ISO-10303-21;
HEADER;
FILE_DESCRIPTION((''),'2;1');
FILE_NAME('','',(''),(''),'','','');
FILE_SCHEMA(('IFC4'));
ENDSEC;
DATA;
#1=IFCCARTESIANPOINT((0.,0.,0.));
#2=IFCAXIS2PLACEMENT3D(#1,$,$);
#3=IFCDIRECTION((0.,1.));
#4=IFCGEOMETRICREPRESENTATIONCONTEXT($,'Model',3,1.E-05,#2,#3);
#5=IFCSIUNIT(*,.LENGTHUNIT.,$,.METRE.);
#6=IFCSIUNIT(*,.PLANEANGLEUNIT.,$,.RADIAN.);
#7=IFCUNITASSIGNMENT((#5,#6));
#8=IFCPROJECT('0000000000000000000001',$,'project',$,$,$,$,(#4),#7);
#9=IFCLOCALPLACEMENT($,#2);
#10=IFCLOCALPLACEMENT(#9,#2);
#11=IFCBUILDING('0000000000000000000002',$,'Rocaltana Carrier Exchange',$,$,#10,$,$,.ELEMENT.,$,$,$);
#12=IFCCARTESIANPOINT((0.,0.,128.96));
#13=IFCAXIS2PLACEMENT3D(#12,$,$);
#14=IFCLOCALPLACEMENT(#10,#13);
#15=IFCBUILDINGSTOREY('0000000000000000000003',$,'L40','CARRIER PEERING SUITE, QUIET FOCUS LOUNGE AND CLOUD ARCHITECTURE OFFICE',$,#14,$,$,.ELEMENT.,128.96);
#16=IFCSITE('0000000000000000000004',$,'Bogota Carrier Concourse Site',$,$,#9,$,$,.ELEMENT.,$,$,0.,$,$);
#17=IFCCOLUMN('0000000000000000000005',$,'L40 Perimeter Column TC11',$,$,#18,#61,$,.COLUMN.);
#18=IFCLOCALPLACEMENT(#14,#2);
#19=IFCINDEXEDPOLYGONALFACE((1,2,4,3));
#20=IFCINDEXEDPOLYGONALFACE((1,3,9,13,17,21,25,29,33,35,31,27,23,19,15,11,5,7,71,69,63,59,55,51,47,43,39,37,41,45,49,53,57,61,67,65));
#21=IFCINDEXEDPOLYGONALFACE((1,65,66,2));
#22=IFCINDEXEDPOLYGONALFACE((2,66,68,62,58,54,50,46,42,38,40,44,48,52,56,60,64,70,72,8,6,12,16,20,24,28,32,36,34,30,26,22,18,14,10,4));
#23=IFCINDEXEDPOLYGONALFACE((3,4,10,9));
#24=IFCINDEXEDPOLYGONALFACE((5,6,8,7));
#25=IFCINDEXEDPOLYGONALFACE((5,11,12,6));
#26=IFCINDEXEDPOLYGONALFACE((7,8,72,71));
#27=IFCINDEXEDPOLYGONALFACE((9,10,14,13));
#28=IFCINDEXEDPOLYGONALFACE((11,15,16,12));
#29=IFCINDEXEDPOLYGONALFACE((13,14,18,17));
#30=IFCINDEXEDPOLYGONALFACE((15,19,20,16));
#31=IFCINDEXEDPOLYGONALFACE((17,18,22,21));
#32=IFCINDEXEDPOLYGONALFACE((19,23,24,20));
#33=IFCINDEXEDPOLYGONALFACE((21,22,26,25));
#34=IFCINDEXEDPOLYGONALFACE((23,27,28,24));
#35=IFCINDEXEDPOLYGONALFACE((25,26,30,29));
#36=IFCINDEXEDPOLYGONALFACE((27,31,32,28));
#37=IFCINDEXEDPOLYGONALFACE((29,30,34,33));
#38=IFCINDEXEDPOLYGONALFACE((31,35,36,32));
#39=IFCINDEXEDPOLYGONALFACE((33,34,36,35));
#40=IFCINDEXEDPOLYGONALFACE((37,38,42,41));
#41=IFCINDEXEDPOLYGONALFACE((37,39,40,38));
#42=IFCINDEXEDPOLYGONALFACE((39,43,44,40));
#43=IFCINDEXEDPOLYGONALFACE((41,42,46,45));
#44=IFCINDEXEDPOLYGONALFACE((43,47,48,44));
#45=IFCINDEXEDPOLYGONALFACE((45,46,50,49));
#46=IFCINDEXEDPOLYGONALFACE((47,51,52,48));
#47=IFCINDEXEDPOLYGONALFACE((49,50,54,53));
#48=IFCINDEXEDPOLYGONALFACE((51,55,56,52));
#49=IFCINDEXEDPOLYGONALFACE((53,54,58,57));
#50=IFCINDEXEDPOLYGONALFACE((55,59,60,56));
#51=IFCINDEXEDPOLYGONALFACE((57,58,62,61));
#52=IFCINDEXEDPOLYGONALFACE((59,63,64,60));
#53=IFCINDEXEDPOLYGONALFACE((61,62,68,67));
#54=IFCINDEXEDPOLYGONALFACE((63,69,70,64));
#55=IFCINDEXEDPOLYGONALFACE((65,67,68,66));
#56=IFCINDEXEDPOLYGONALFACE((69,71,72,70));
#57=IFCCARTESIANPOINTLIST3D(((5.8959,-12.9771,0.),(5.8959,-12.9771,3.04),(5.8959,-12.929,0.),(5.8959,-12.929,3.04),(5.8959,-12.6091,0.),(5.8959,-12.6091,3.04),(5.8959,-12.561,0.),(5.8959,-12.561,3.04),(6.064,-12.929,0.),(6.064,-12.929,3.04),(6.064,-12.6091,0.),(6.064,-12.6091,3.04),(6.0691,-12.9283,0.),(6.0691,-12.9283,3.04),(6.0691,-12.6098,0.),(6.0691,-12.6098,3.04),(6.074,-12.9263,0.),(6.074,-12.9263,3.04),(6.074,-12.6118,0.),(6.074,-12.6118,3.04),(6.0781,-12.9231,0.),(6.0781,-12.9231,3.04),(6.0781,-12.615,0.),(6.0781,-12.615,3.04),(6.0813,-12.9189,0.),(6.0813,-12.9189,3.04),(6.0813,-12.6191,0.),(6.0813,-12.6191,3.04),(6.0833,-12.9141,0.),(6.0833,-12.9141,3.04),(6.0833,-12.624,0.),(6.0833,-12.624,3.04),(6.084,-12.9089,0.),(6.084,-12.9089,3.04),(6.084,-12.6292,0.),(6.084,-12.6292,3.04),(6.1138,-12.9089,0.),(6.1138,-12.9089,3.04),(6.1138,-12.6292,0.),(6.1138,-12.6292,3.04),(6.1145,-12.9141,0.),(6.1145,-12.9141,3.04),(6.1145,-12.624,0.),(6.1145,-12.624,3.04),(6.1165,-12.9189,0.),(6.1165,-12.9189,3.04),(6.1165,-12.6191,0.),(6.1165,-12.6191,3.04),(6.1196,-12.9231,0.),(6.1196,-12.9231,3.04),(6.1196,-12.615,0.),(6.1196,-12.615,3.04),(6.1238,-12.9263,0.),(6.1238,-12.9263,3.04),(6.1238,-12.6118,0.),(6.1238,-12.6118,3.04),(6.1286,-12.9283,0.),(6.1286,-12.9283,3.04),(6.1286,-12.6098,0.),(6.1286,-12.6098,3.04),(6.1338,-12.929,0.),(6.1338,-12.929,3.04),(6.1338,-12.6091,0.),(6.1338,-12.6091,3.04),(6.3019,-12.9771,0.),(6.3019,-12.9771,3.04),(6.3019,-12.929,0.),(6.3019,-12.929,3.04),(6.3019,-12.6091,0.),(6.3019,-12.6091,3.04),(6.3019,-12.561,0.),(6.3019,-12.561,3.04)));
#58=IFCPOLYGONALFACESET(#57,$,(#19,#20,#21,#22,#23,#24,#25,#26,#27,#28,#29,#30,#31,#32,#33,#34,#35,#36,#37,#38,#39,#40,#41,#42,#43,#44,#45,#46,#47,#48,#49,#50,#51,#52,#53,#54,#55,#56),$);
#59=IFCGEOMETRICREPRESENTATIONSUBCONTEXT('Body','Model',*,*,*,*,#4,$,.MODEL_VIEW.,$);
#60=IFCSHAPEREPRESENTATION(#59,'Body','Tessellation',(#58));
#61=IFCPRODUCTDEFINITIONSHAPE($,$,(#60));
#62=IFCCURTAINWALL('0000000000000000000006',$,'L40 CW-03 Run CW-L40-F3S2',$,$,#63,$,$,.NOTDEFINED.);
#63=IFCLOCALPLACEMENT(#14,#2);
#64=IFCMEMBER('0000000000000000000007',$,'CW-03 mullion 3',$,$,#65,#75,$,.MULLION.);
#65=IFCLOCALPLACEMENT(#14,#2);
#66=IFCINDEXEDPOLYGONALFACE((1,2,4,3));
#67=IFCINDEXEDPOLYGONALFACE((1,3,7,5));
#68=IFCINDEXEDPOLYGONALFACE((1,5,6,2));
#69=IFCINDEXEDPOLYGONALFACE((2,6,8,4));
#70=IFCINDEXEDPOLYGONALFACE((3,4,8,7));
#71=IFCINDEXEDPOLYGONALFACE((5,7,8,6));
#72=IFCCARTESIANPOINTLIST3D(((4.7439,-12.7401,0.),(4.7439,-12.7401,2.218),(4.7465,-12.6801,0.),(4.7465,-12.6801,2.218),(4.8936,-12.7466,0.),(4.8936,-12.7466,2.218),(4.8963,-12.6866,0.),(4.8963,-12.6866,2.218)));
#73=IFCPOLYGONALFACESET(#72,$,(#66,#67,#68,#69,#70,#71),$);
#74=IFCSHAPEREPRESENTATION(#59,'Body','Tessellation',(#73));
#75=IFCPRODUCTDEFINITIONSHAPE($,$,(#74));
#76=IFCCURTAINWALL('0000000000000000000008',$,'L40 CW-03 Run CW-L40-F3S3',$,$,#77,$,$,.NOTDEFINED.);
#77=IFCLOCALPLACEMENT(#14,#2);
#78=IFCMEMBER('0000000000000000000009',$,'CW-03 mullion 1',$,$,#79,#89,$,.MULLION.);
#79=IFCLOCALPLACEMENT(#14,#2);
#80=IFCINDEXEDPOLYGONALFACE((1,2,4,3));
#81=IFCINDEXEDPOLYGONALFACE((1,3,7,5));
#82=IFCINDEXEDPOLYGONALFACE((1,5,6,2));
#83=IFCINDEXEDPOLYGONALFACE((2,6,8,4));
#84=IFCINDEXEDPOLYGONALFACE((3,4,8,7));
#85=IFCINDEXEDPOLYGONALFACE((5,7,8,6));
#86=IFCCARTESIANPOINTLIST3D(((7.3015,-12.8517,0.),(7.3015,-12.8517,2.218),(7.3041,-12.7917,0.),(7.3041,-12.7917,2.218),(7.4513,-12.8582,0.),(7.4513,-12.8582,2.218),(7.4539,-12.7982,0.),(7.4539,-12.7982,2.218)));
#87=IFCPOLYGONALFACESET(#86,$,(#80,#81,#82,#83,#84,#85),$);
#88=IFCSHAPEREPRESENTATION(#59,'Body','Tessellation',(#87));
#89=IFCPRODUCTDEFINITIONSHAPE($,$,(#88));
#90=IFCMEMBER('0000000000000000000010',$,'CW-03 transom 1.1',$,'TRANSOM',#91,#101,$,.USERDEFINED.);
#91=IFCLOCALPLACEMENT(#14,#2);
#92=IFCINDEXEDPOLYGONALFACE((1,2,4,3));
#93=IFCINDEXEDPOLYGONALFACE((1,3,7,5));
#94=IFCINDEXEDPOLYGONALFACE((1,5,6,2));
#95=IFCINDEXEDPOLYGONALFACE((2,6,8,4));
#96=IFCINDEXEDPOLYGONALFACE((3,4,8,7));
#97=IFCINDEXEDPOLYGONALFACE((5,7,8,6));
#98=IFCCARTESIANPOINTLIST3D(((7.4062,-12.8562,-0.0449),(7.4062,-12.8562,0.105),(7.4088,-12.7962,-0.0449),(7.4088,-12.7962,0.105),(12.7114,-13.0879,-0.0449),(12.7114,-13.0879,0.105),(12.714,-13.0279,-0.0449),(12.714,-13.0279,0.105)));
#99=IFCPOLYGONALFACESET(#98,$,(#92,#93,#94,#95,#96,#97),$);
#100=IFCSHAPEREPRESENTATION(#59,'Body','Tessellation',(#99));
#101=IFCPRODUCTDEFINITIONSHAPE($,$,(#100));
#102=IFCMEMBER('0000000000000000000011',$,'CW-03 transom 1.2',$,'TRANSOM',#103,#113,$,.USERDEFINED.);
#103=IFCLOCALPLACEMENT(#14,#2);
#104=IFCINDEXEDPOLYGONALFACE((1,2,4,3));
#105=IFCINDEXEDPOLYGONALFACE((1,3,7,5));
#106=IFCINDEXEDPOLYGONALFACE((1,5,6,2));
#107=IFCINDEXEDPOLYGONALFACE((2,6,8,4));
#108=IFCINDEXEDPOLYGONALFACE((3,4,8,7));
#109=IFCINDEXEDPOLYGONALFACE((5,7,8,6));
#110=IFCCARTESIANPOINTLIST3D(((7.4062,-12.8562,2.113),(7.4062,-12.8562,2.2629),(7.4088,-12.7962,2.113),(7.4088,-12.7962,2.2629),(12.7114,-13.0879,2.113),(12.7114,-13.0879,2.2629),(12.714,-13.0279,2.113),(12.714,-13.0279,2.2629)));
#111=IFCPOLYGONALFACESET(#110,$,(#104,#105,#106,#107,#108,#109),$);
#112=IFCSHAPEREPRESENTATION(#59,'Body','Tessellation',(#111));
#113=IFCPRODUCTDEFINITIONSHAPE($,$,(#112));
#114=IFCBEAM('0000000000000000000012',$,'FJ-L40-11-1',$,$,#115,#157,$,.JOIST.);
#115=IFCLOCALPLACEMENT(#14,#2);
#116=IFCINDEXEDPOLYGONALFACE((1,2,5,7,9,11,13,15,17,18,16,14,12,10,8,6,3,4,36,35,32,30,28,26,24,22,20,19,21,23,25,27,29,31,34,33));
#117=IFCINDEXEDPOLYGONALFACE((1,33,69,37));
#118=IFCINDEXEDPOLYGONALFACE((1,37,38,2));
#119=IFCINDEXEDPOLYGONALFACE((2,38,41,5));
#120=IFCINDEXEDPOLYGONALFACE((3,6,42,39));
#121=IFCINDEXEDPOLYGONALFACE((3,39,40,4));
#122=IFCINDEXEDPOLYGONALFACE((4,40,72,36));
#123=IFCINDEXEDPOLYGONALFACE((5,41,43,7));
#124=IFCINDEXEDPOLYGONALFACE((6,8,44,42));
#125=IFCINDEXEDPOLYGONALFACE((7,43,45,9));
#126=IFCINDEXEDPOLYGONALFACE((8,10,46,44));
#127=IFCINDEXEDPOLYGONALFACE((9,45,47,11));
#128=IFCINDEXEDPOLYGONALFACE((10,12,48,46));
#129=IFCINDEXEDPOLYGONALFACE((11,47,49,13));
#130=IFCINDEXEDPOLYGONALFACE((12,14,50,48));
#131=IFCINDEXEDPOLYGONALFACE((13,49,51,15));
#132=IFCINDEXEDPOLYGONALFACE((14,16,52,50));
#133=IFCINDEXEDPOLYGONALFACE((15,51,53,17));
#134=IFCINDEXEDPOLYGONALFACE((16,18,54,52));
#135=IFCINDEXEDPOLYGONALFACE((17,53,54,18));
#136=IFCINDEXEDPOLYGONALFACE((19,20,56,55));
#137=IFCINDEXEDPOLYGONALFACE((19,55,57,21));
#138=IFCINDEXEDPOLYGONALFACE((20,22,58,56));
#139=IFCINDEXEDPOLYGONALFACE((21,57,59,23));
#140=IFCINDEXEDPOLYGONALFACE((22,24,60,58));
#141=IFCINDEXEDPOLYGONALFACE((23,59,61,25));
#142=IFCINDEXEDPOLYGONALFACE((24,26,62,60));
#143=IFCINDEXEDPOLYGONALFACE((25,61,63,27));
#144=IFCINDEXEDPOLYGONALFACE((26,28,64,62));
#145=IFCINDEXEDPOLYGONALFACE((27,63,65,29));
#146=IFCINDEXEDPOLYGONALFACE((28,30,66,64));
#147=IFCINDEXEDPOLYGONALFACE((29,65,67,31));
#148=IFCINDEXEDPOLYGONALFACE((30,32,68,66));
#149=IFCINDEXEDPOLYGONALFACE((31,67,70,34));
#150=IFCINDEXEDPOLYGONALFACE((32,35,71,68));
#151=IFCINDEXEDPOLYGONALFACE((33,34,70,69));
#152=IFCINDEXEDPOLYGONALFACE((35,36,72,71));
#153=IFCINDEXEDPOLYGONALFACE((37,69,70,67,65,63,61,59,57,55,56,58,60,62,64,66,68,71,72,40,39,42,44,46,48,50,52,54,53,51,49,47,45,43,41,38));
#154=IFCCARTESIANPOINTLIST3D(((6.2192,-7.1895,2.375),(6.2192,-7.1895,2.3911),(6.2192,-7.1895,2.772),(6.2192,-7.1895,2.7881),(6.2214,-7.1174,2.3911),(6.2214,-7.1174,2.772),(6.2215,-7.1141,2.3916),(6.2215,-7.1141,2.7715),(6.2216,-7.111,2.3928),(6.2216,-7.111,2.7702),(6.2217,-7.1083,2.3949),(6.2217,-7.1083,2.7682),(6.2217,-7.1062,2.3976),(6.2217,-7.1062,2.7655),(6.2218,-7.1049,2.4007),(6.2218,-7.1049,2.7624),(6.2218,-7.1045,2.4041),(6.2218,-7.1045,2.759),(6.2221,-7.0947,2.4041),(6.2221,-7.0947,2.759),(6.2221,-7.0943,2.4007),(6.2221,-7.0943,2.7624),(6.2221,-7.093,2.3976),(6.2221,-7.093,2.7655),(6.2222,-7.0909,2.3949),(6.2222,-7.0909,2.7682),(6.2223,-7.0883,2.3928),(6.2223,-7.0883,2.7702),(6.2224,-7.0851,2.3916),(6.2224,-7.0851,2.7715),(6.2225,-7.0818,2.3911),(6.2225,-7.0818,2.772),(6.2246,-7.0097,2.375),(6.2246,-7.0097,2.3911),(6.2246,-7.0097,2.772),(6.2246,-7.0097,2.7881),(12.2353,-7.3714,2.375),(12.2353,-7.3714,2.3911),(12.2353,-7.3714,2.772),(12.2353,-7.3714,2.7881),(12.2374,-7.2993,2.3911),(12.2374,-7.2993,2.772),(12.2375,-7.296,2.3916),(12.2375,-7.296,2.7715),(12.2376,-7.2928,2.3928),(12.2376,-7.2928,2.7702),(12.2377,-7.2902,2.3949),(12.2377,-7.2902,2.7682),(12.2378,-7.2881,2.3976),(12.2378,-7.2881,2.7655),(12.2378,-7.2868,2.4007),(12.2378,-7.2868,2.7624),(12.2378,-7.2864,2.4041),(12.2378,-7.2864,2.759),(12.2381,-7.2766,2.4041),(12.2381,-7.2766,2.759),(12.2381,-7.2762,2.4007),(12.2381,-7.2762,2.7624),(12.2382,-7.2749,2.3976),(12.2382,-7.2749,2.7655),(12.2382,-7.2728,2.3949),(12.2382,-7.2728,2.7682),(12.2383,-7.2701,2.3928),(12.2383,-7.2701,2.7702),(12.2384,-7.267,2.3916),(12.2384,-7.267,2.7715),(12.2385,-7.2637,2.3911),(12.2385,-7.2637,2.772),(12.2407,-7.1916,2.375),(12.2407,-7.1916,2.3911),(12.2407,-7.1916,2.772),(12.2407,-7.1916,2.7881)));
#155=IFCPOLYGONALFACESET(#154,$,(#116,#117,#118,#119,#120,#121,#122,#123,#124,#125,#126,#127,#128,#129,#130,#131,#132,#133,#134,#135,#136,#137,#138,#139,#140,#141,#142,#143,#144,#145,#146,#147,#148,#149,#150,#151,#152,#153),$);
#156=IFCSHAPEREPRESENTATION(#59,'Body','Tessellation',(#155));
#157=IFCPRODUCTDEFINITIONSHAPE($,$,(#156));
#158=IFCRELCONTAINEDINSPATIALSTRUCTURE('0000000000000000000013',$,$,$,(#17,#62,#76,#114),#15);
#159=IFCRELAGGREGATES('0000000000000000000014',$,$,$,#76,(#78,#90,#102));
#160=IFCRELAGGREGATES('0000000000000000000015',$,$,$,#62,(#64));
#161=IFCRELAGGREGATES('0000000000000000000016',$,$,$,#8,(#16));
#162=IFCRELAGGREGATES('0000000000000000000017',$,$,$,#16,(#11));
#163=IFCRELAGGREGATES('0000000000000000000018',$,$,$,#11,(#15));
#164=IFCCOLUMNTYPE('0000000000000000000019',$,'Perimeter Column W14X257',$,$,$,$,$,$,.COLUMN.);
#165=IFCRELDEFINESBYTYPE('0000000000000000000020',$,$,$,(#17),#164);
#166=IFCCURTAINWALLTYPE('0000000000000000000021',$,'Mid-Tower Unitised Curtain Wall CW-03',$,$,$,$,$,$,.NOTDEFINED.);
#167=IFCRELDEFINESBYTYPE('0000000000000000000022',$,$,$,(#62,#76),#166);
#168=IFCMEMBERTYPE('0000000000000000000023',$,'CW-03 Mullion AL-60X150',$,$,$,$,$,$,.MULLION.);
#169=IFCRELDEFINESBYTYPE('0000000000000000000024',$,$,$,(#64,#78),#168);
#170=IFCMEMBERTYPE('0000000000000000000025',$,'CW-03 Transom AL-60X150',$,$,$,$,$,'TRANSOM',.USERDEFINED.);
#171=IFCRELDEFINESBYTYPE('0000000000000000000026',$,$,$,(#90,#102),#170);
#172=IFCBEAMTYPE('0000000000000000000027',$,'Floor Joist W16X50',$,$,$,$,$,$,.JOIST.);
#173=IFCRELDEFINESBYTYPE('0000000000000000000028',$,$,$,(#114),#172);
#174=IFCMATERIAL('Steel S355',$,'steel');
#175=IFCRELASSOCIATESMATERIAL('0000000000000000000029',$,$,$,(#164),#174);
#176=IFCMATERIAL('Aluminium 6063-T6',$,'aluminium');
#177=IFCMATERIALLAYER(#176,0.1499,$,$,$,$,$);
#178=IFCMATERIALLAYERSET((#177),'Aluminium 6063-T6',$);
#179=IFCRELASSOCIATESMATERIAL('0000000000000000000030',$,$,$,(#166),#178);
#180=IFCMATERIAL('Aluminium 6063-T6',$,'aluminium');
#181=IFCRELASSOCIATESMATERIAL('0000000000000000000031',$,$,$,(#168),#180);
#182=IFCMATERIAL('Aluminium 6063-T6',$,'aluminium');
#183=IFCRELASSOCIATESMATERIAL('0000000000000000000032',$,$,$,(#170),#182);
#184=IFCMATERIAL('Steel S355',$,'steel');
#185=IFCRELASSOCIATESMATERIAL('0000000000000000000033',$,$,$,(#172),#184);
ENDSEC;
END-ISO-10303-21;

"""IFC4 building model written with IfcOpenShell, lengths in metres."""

from ifc_helpers import new_model, si_unit, direction, frame, origin, origin_2d, place, context, subcontext, project, spatial, rectangle, i_section, extrude, material, layer, layer_set, material_profile, profile_set, type_object, element, aggregate, save


model = new_model("IFC4")

# Units and contexts
model_context = context("Model", 3, precision=1e-05, world=origin(), true_north=direction((0.0, 1.0)))
body_context = subcontext(model_context, "Body", "Model", "MODEL_VIEW")
ifc_project = project(units=[si_unit("LENGTHUNIT", "METRE"), si_unit("PLANEANGLEUNIT", "RADIAN")], contexts=[model_context])

# Site, building, storey
site_placement = place(None, origin())
site = spatial("IfcSite", under=ifc_project, at=site_placement, Name="Bogota Carrier Concourse Site", CompositionType="ELEMENT", RefElevation=0.0)
building_placement = place(site_placement, origin())
building = spatial("IfcBuilding", under=site, at=building_placement, Name="Rocaltana Carrier Exchange", CompositionType="ELEMENT")
storey_placement = place(building_placement, frame((0.0, 0.0, 128.96)))
storey = spatial("IfcBuildingStorey", under=building, at=storey_placement, Name="L40", Description="CARRIER PEERING SUITE, QUIET FOCUS LOUNGE AND CLOUD ARCHITECTURE OFFICE", CompositionType="ELEMENT", Elevation=128.96)

# Column
ifc_material_1 = material(Name="Steel S355", Category="steel")
ifc_material_profile_1 = material_profile(ifc_material_1, i_section(OverallWidth=0.406, OverallDepth=0.416, WebThickness=0.0298, FlangeThickness=0.0481, FilletRadius=0.02, at=origin_2d()), Name="W14X257")
ifc_profile_set_1 = profile_set([ifc_material_profile_1], Name="Steel S355")
column_type = type_object("IfcColumnType", Name="Perimeter Column W14X257", PredefinedType="COLUMN", material=ifc_profile_set_1)
column_placement = place(storey_placement, frame((6.0989, -12.769, 0.0), z_axis=(0.0, 0.0, 1.0), x_axis=(1.0, 0.0, 0.0)))
element("IfcColumn", 1, at=column_placement, inside=storey, type_object=column_type, Name="L40 Perimeter Column TC11", PredefinedType="COLUMN", context=body_context, shape_type="SweptSolid", body=[
    extrude(i_section(OverallWidth=0.406, OverallDepth=0.416, WebThickness=0.0298, FlangeThickness=0.0481, FilletRadius=0.02, at=origin_2d()), origin(), (0.0, 0.0, 1.0), 3.04),
])

# Curtain wall, member
ifc_material_2 = material(Name="Aluminium 6063-T6", Category="aluminium")
ifc_layer_1 = layer(ifc_material_2, 0.1499)
ifc_layer_set_1 = layer_set([ifc_layer_1], Name="Aluminium 6063-T6")
curtain_wall_type = type_object("IfcCurtainWallType", Name="Mid-Tower Unitised Curtain Wall CW-03", PredefinedType="NOTDEFINED", material=ifc_layer_set_1)
curtain_wall_1_placement = place(storey_placement, origin())
curtain_wall_1 = element("IfcCurtainWall", 2, at=curtain_wall_1_placement, inside=storey, type_object=curtain_wall_type, Name="L40 CW-03 Run CW-L40-F3S2", PredefinedType="NOTDEFINED")
ifc_material_3 = material(Name="Aluminium 6063-T6", Category="aluminium")
ifc_material_profile_2 = material_profile(ifc_material_3, rectangle(XDim=0.0601, YDim=0.1499, at=origin_2d()), Name="AL-60X150")
ifc_profile_set_2 = profile_set([ifc_material_profile_2], Name="Aluminium 6063-T6")
member_type_1 = type_object("IfcMemberType", Name="CW-03 Mullion AL-60X150", PredefinedType="MULLION", material=ifc_profile_set_2)
member_1_placement = place(storey_placement, frame((4.8201, -12.7134, 0.0), z_axis=(0.0, 0.0, 1.0), x_axis=(0.04362, 0.999048, 0.0)))
member_1 = element("IfcMember", 3, at=member_1_placement, type_object=member_type_1, Name="CW-03 mullion 3", PredefinedType="MULLION", context=body_context, shape_type="SweptSolid", body=[
    extrude(rectangle(XDim=0.0601, YDim=0.1499, at=origin_2d()), origin(), (0.0, 0.0, 1.0), 2.218),
])

# Curtain wall, members
curtain_wall_2_placement = place(storey_placement, origin())
curtain_wall_2 = element("IfcCurtainWall", 4, at=curtain_wall_2_placement, inside=storey, type_object=curtain_wall_type, Name="L40 CW-03 Run CW-L40-F3S3", PredefinedType="NOTDEFINED")
member_2_placement = place(storey_placement, frame((7.3777, -12.825, 0.0), z_axis=(0.0, 0.0, 1.0), x_axis=(0.043629, 0.999048, 0.0)))
member_2 = element("IfcMember", 5, at=member_2_placement, type_object=member_type_1, Name="CW-03 mullion 1", PredefinedType="MULLION", context=body_context, shape_type="SweptSolid", body=[
    extrude(rectangle(XDim=0.0601, YDim=0.1499, at=origin_2d()), origin(), (0.0, 0.0, 1.0), 2.218),
])
ifc_material_4 = material(Name="Aluminium 6063-T6", Category="aluminium")
ifc_material_profile_3 = material_profile(ifc_material_4, rectangle(XDim=0.0601, YDim=0.1499, at=origin_2d()), Name="AL-60X150")
ifc_profile_set_3 = profile_set([ifc_material_profile_3], Name="Aluminium 6063-T6")
member_type_2 = type_object("IfcMemberType", Name="CW-03 Transom AL-60X150", ElementType="TRANSOM", PredefinedType="USERDEFINED", material=ifc_profile_set_3)
member_3_placement = place(storey_placement, frame((7.4075, -12.8262, 0.03), z_axis=(0.999048, -0.043631, 0.0), x_axis=(0.043631, 0.999048, 0.0)))
member_3 = element("IfcMember", 6, at=member_3_placement, type_object=member_type_2, Name="CW-03 transom 1.1", ObjectType="TRANSOM", PredefinedType="USERDEFINED", context=body_context, shape_type="SweptSolid", body=[
    extrude(rectangle(XDim=0.0601, YDim=0.1499, at=origin_2d()), origin(), (0.0, 0.0, 1.0), 5.3103),
])
member_4_placement = place(storey_placement, frame((7.4075, -12.8262, 2.188), z_axis=(0.999048, -0.043631, 0.0), x_axis=(0.043631, 0.999048, 0.0)))
member_4 = element("IfcMember", 7, at=member_4_placement, type_object=member_type_2, Name="CW-03 transom 1.2", ObjectType="TRANSOM", PredefinedType="USERDEFINED", context=body_context, shape_type="SweptSolid", body=[
    extrude(rectangle(XDim=0.0601, YDim=0.1499, at=origin_2d()), origin(), (0.0, 0.0, 1.0), 5.3103),
])
aggregate(curtain_wall_2, [member_2, member_3, member_4])

# Beam
ifc_material_5 = material(Name="Steel S355", Category="steel")
ifc_material_profile_4 = material_profile(ifc_material_5, i_section(OverallWidth=0.1799, OverallDepth=0.4131, WebThickness=0.0098, FlangeThickness=0.0161, FilletRadius=0.0129, at=origin_2d()), Name="W16X50")
ifc_profile_set_4 = profile_set([ifc_material_profile_4], Name="Steel S355")
beam_type_1 = type_object("IfcBeamType", Name="Floor Joist W16X50", PredefinedType="JOIST", material=ifc_profile_set_4)
beam_1_placement = place(storey_placement, frame((6.2219, -7.0996, 2.5815), z_axis=(0.999543, -0.030219, 0.0), x_axis=(0.030219, 0.999543, 0.0)))
element("IfcBeam", 8, at=beam_1_placement, inside=storey, type_object=beam_type_1, Name="FJ-L40-11-1", PredefinedType="JOIST", context=body_context, shape_type="SweptSolid", body=[
    extrude(i_section(OverallWidth=0.1799, OverallDepth=0.4131, WebThickness=0.0098, FlangeThickness=0.0161, FilletRadius=0.0129, at=origin_2d()), origin(), (0.0, 0.0, 1.0), 6.0188),
])

aggregate(curtain_wall_1, [member_1])

save(model, "model.ifc")
